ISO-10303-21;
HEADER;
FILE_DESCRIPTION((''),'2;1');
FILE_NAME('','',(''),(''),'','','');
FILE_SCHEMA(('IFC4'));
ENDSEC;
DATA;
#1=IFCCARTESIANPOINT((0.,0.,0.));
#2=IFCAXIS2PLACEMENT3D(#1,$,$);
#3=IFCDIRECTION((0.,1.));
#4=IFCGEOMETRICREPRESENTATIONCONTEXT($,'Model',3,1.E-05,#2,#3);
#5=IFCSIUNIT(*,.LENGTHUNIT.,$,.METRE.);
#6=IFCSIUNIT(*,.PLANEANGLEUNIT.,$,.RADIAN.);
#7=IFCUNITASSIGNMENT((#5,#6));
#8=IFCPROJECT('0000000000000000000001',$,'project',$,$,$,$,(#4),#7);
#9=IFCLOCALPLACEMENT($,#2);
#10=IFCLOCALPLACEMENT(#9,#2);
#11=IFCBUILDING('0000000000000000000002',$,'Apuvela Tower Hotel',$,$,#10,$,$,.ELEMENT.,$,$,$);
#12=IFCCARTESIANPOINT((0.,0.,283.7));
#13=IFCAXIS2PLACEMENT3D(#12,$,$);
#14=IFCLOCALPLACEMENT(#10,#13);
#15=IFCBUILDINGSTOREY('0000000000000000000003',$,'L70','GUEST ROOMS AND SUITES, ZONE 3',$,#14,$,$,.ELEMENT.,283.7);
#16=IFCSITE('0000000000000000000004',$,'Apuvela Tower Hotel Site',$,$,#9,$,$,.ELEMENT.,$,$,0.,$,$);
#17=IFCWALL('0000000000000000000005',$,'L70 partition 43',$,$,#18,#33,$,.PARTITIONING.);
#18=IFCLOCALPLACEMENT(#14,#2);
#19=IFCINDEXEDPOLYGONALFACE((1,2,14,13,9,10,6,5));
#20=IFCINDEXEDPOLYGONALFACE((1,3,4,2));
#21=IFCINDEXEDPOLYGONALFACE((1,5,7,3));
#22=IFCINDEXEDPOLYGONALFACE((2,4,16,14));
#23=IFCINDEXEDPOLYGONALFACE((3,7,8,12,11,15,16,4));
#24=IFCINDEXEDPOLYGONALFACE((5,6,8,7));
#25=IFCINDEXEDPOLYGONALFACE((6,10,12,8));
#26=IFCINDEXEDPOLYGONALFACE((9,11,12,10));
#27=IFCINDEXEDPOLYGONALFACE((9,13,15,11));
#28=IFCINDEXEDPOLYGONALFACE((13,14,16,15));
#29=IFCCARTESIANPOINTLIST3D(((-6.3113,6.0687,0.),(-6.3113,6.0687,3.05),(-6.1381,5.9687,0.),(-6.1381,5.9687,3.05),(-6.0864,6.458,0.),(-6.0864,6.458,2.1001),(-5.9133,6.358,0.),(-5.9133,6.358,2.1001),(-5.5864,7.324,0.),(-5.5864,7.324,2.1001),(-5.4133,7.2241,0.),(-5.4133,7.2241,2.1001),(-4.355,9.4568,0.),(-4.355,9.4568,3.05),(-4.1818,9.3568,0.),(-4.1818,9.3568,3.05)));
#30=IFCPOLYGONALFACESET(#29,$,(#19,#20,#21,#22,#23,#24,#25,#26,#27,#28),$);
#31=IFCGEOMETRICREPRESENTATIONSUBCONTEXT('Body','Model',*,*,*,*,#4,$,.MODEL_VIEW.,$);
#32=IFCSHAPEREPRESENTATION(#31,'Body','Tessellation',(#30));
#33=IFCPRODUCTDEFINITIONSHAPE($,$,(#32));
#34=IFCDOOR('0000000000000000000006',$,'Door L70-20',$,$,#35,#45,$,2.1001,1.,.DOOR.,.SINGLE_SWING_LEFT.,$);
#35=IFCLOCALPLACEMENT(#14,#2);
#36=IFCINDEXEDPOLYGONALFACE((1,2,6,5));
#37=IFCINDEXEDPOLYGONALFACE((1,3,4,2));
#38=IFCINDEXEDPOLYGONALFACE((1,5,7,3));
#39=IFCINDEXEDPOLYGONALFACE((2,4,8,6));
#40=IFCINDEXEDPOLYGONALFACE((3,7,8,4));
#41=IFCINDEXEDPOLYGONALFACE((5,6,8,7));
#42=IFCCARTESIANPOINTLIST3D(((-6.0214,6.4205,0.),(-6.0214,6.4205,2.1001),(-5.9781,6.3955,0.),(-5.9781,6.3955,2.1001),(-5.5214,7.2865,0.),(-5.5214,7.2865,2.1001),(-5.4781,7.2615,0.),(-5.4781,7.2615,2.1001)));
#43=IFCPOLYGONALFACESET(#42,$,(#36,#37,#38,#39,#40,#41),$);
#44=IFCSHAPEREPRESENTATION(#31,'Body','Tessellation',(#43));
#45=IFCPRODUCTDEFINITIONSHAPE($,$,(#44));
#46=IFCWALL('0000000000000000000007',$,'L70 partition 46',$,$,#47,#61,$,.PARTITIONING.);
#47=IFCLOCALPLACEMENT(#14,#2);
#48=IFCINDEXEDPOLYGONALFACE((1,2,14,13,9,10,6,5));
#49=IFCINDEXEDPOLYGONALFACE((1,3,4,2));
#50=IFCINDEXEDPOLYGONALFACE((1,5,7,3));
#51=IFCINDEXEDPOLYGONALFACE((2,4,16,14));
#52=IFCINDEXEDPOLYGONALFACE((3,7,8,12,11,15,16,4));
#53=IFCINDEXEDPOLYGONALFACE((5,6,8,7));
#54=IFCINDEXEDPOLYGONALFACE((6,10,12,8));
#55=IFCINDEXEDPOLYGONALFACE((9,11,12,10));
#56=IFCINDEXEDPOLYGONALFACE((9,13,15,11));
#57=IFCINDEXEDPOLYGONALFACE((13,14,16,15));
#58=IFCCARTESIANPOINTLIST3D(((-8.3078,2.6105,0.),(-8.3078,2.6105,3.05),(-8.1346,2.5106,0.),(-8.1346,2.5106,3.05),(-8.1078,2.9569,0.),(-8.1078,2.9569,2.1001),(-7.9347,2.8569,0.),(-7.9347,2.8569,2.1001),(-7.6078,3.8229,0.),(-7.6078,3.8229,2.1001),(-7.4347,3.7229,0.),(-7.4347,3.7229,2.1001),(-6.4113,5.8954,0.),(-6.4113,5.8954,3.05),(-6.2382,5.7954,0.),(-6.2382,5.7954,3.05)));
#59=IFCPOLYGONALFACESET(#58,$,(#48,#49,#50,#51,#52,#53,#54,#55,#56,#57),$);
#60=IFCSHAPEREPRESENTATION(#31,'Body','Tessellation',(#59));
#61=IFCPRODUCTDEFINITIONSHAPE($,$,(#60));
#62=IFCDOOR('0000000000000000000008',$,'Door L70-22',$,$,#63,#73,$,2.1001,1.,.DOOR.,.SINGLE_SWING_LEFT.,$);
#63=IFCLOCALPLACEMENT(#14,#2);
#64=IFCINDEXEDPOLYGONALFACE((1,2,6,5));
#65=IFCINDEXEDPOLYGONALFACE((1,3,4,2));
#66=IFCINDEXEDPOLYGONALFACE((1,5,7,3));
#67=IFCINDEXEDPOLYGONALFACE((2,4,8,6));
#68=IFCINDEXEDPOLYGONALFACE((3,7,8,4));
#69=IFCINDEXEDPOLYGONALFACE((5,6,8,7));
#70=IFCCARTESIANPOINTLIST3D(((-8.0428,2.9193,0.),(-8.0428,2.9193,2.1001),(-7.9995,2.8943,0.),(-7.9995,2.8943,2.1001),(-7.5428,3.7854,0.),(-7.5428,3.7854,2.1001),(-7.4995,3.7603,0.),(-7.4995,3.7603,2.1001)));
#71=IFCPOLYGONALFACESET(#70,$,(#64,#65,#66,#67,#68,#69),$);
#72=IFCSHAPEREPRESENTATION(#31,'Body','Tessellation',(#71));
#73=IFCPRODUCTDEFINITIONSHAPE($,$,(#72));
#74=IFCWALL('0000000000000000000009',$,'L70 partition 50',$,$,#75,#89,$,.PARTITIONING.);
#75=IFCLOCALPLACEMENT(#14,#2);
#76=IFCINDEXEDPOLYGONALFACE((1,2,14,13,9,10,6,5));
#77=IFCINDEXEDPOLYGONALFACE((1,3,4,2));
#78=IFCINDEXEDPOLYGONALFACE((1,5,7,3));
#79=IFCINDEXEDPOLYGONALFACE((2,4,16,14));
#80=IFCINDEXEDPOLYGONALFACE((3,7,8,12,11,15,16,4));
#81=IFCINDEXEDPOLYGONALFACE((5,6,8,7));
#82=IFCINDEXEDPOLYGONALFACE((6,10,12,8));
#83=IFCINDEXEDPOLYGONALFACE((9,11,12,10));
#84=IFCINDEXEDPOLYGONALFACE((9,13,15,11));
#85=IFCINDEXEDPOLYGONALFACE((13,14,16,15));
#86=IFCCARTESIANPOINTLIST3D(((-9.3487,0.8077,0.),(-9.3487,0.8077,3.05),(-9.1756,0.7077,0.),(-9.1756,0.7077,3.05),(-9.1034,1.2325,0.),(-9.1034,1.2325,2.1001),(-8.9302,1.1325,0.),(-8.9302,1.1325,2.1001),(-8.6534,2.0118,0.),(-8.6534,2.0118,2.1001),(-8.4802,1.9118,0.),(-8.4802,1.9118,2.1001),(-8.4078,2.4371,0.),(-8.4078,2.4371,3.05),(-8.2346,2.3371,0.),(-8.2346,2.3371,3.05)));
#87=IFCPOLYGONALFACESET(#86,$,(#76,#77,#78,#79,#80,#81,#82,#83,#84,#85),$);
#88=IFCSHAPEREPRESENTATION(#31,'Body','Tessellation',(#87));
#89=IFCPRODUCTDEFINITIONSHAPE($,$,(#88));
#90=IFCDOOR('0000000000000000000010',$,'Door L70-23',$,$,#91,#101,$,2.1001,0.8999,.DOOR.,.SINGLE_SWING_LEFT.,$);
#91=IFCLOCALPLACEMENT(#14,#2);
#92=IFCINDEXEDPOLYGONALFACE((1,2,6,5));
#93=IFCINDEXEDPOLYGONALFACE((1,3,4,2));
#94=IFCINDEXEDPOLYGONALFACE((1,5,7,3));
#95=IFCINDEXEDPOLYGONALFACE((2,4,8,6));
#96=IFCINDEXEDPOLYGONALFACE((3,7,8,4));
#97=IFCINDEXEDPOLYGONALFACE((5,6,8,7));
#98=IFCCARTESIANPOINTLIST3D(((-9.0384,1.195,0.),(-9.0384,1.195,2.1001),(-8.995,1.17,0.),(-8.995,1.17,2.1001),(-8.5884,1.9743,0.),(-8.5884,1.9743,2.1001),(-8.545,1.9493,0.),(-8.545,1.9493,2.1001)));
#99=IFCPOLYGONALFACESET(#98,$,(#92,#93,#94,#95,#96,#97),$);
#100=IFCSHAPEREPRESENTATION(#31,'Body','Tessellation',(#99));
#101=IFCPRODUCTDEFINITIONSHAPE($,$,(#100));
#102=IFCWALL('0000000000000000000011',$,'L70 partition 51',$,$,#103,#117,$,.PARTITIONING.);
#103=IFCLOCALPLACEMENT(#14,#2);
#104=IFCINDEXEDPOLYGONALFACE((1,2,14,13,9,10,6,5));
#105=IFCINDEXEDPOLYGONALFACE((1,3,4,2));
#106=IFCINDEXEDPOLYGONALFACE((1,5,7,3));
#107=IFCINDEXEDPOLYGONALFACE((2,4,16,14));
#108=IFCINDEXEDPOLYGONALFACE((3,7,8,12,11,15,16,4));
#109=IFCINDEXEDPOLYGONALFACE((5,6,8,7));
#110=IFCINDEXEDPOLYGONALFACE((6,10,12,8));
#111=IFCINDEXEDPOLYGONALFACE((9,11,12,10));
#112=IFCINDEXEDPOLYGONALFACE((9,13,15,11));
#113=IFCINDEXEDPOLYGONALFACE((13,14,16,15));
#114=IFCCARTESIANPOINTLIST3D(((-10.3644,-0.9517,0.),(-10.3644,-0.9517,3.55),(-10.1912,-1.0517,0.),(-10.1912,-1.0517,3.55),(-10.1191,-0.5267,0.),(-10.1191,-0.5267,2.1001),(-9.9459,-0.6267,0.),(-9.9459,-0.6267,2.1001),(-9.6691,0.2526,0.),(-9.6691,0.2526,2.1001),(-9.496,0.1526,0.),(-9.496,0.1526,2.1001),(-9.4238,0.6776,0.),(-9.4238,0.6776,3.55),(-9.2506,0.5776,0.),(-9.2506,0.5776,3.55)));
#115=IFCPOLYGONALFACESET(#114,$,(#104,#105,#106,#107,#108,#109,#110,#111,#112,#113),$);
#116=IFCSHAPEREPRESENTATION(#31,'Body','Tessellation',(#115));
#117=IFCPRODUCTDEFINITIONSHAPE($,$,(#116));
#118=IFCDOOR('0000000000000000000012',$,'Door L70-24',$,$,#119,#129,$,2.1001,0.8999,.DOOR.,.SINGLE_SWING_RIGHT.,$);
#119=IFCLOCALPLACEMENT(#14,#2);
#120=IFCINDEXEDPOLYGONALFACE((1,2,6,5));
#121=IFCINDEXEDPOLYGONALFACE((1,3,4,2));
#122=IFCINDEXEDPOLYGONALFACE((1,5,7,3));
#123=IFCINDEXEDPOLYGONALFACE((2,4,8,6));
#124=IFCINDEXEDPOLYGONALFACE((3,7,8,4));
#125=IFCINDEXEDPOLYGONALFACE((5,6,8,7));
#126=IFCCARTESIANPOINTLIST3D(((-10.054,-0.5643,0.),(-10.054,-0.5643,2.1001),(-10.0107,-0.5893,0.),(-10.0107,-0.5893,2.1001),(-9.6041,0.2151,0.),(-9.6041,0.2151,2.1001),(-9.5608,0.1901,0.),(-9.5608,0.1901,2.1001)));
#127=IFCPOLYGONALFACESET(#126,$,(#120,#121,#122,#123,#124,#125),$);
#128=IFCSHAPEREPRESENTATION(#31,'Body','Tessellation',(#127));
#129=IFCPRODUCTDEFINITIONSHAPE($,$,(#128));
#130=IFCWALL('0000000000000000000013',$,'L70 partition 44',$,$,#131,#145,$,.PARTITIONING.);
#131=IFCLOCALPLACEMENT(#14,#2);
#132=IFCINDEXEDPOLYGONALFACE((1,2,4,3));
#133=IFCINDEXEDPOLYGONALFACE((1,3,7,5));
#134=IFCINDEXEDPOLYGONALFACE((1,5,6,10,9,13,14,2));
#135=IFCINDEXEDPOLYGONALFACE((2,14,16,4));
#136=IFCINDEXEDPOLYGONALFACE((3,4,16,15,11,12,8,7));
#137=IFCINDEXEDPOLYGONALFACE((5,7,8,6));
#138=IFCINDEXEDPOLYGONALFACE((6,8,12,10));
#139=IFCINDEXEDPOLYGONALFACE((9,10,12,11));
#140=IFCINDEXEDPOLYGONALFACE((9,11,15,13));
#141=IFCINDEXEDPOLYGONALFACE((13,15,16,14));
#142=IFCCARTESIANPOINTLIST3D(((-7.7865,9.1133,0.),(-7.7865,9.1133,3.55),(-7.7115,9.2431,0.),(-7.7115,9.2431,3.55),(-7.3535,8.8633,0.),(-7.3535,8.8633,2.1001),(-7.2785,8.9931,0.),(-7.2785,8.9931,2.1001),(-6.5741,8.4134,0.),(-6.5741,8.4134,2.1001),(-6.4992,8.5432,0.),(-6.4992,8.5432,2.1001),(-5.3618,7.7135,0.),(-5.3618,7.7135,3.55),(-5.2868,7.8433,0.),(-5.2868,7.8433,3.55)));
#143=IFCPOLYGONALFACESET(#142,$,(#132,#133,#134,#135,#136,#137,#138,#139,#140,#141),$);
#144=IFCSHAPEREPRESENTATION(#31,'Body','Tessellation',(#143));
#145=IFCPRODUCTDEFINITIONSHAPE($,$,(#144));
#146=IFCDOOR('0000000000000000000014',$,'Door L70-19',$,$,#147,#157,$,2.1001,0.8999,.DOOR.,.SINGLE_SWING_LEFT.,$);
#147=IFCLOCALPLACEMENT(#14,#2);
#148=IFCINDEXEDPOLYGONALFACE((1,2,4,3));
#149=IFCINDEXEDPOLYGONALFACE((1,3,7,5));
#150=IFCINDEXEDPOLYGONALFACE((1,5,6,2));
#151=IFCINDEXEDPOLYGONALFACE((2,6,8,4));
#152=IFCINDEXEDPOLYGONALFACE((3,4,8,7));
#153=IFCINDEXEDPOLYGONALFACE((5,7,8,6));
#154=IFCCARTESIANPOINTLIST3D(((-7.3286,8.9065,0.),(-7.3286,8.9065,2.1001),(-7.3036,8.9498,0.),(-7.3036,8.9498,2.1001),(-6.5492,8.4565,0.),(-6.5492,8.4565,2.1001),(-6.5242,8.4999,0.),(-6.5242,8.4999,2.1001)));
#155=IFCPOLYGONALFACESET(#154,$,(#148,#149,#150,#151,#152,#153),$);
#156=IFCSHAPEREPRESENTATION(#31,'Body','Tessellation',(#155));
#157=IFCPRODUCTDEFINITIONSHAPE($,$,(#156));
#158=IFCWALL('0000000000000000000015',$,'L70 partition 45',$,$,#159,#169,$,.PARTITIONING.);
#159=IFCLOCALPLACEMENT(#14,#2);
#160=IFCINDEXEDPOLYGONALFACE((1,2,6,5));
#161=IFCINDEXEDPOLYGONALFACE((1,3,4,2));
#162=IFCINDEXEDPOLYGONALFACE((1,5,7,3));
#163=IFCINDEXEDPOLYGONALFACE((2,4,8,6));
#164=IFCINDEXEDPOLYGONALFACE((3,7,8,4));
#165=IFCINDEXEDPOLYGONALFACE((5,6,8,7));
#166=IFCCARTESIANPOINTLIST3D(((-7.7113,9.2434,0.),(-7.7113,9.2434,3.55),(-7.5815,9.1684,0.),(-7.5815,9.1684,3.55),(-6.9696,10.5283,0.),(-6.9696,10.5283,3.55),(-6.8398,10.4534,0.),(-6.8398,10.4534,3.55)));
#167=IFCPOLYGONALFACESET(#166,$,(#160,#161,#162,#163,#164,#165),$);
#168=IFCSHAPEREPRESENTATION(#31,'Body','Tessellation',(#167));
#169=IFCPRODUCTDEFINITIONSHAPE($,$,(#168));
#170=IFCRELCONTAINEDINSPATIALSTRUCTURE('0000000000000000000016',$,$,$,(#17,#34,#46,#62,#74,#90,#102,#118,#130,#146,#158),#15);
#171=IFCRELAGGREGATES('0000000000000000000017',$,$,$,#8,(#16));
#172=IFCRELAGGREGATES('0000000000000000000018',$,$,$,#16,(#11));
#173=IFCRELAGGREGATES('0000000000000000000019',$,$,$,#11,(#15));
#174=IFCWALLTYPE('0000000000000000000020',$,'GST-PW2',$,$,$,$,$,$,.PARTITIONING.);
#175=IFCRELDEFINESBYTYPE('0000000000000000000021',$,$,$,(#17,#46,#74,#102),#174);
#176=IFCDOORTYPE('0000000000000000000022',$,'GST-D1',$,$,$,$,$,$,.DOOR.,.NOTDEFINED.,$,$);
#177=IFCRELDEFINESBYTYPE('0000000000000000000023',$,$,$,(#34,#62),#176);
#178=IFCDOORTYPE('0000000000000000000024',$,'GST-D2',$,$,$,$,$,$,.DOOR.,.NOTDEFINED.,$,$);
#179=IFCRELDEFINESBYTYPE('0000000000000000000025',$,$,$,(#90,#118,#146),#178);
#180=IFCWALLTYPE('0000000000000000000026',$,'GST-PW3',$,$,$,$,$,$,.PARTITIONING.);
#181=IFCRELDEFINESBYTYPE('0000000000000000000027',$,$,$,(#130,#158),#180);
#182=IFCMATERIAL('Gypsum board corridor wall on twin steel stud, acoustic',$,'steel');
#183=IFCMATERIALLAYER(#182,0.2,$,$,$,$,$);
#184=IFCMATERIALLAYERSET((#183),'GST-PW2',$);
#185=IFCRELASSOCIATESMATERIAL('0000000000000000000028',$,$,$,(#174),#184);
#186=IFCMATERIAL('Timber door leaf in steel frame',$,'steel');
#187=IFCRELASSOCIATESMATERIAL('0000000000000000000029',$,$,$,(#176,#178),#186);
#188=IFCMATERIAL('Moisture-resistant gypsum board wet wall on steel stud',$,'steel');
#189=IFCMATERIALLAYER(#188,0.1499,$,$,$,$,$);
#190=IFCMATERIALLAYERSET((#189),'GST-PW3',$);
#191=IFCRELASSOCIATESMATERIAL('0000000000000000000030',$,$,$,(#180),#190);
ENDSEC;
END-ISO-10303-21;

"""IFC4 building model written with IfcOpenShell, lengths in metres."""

from ifc_helpers import new_model, si_unit, direction, frame, frame_2d, origin, place, context, subcontext, project, spatial, rectangle, extrude, material, layer, layer_set, type_object, element, fill, save


model = new_model("IFC4")

# Units and contexts
model_context = context("Model", 3, precision=1e-05, world=origin(), true_north=direction((0.0, 1.0)))
body_context = subcontext(model_context, "Body", "Model", "MODEL_VIEW")
ifc_project = project(units=[si_unit("LENGTHUNIT", "METRE"), si_unit("PLANEANGLEUNIT", "RADIAN")], contexts=[model_context])

# Site, building, storey
site_placement = place(None, origin())
site = spatial("IfcSite", under=ifc_project, at=site_placement, Name="Apuvela Tower Hotel Site", CompositionType="ELEMENT", RefElevation=0.0)
building_placement = place(site_placement, origin())
building = spatial("IfcBuilding", under=site, at=building_placement, Name="Apuvela Tower Hotel", CompositionType="ELEMENT")
storey_placement = place(building_placement, frame((0.0, 0.0, 283.7)))
storey = spatial("IfcBuildingStorey", under=building, at=storey_placement, Name="L70", Description="GUEST ROOMS AND SUITES, ZONE 3", CompositionType="ELEMENT", Elevation=283.7)

# Walls, openings, doors
ifc_material_1 = material(Name="Gypsum board corridor wall on twin steel stud, acoustic", Category="steel")
ifc_layer_1 = layer(ifc_material_1, 0.2)
ifc_layer_set_1 = layer_set([ifc_layer_1], Name="GST-PW2")
wall_type_1 = type_object("IfcWallType", Name="GST-PW2", PredefinedType="PARTITIONING", material=ifc_layer_set_1)
ifc_material_2 = material(Name="Timber door leaf in steel frame", Category="steel")
door_type_1 = type_object("IfcDoorType", Name="GST-D1", OperationType="NOTDEFINED", PredefinedType="DOOR", material=ifc_material_2)
wall_1_placement = place(storey_placement, frame((-6.2246, 6.0188, 0.0), z_axis=(0.0, 0.0, 1.0), x_axis=(0.500025, 0.866011, 0.0)))
wall_1 = element("IfcWall", 1, at=wall_1_placement, inside=storey, type_object=wall_type_1, Name="L70 partition 43", PredefinedType="PARTITIONING", context=body_context, shape_type="SweptSolid", body=[
    extrude(rectangle(XDim=3.9124, YDim=0.2, at=frame_2d((1.9561, 0.0))), origin(), (0.0, 0.0, 1.0), 3.05),
])
opening_1_placement = place(wall_1_placement, frame((0.4495, 0.0, 0.0)))
opening_1 = element("IfcOpeningElement", 2, at=opening_1_placement, cuts=wall_1, PredefinedType="OPENING", context=body_context, shape_type="SweptSolid", body=[
    extrude(rectangle(XDim=1.0, YDim=2.1001, at=frame_2d((0.5, 1.05))), frame((0.0, 0.1099, 0.0), z_axis=(0.0, -1.0, 0.0), x_axis=(1.0, 0.0, 0.0)), (0.0, 0.0, 1.0), 0.22),
])
door_1_placement = place(opening_1_placement, origin())
door_1 = element("IfcDoor", 3, at=door_1_placement, inside=storey, type_object=door_type_1, Name="Door L70-20", OperationType="SINGLE_SWING_LEFT", OverallHeight=2.1001, OverallWidth=1.0, PredefinedType="DOOR", context=body_context, shape_type="SweptSolid", body=[
    extrude(rectangle(XDim=1.0, YDim=2.1001, at=frame_2d((0.5, 1.05))), frame((0.0, 0.0249, 0.0), z_axis=(0.0, -1.0, 0.0), x_axis=(1.0, 0.0, 0.0)), (0.0, 0.0, 1.0), 0.05),
])
fill(opening_1, door_1)
wall_2_placement = place(storey_placement, frame((-8.2212, 2.5605, 0.0), z_axis=(0.0, 0.0, 1.0), x_axis=(0.499988, 0.866032, 0.0)))
wall_2 = element("IfcWall", 4, at=wall_2_placement, inside=storey, type_object=wall_type_1, Name="L70 partition 46", PredefinedType="PARTITIONING", context=body_context, shape_type="SweptSolid", body=[
    extrude(rectangle(XDim=3.793, YDim=0.2, at=frame_2d((1.8965, 0.0))), origin(), (0.0, 0.0, 1.0), 3.05),
])
opening_2_placement = place(wall_2_placement, frame((0.3999, 0.0, 0.0)))
opening_2 = element("IfcOpeningElement", 5, at=opening_2_placement, cuts=wall_2, PredefinedType="OPENING", context=body_context, shape_type="SweptSolid", body=[
    extrude(rectangle(XDim=1.0, YDim=2.1001, at=frame_2d((0.5, 1.05))), frame((0.0, 0.1099, 0.0), z_axis=(0.0, -1.0, 0.0), x_axis=(1.0, 0.0, 0.0)), (0.0, 0.0, 1.0), 0.22),
])
door_2_placement = place(opening_2_placement, origin())
door_2 = element("IfcDoor", 6, at=door_2_placement, inside=storey, type_object=door_type_1, Name="Door L70-22", OperationType="SINGLE_SWING_LEFT", OverallHeight=2.1001, OverallWidth=1.0, PredefinedType="DOOR", context=body_context, shape_type="SweptSolid", body=[
    extrude(rectangle(XDim=1.0, YDim=2.1001, at=frame_2d((0.5, 1.05))), frame((0.0, 0.0249, 0.0), z_axis=(0.0, -1.0, 0.0), x_axis=(1.0, 0.0, 0.0)), (0.0, 0.0, 1.0), 0.05),
])
fill(opening_2, door_2)
wall_3_placement = place(storey_placement, frame((-9.2622, 0.7576, 0.0), z_axis=(0.0, 0.0, 1.0), x_axis=(0.500074, 0.865982, 0.0)))
wall_3 = element("IfcWall", 7, at=wall_3_placement, inside=storey, type_object=wall_type_1, Name="L70 partition 50", PredefinedType="PARTITIONING", context=body_context, shape_type="SweptSolid", body=[
    extrude(rectangle(XDim=1.8816, YDim=0.2, at=frame_2d((0.9409, 0.0))), origin(), (0.0, 0.0, 1.0), 3.05),
])
opening_3_placement = place(wall_3_placement, frame((0.4907, 0.0, 0.0)))
opening_3 = element("IfcOpeningElement", 8, at=opening_3_placement, cuts=wall_3, PredefinedType="OPENING", context=body_context, shape_type="SweptSolid", body=[
    extrude(rectangle(XDim=0.8999, YDim=2.1001, at=frame_2d((0.45, 1.05))), frame((0.0, 0.1099, 0.0), z_axis=(0.0, -1.0, 0.0), x_axis=(1.0, 0.0, 0.0)), (0.0, 0.0, 1.0), 0.22),
])
door_type_2 = type_object("IfcDoorType", Name="GST-D2", OperationType="NOTDEFINED", PredefinedType="DOOR", material=ifc_material_2)
door_3_placement = place(opening_3_placement, origin())
door_3 = element("IfcDoor", 9, at=door_3_placement, inside=storey, type_object=door_type_2, Name="Door L70-23", OperationType="SINGLE_SWING_LEFT", OverallHeight=2.1001, OverallWidth=0.8999, PredefinedType="DOOR", context=body_context, shape_type="SweptSolid", body=[
    extrude(rectangle(XDim=0.8999, YDim=2.1001, at=frame_2d((0.45, 1.05))), frame((0.0, 0.0249, 0.0), z_axis=(0.0, -1.0, 0.0), x_axis=(1.0, 0.0, 0.0)), (0.0, 0.0, 1.0), 0.05),
])
fill(opening_3, door_3)
wall_4_placement = place(storey_placement, frame((-10.2778, -1.0017, 0.0), z_axis=(0.0, 0.0, 1.0), x_axis=(0.499977, 0.866039, 0.0)))
wall_4 = element("IfcWall", 10, at=wall_4_placement, inside=storey, type_object=wall_type_1, Name="L70 partition 51", PredefinedType="PARTITIONING", context=body_context, shape_type="SweptSolid", body=[
    extrude(rectangle(XDim=1.8813, YDim=0.2, at=frame_2d((0.9407, 0.0))), origin(), (0.0, 0.0, 1.0), 3.55),
])
opening_4_placement = place(wall_4_placement, frame((0.4907, 0.0, 0.0)))
opening_4 = element("IfcOpeningElement", 11, at=opening_4_placement, cuts=wall_4, PredefinedType="OPENING", context=body_context, shape_type="SweptSolid", body=[
    extrude(rectangle(XDim=0.8999, YDim=2.1001, at=frame_2d((0.45, 1.05))), frame((0.0, 0.1099, 0.0), z_axis=(0.0, -1.0, 0.0), x_axis=(1.0, 0.0, 0.0)), (0.0, 0.0, 1.0), 0.22),
])
door_4_placement = place(opening_4_placement, origin())
door_4 = element("IfcDoor", 12, at=door_4_placement, inside=storey, type_object=door_type_2, Name="Door L70-24", OperationType="SINGLE_SWING_RIGHT", OverallHeight=2.1001, OverallWidth=0.8999, PredefinedType="DOOR", context=body_context, shape_type="SweptSolid", body=[
    extrude(rectangle(XDim=0.8999, YDim=2.1001, at=frame_2d((0.45, 1.05))), frame((0.0, 0.0249, 0.0), z_axis=(0.0, -1.0, 0.0), x_axis=(1.0, 0.0, 0.0)), (0.0, 0.0, 1.0), 0.05),
])
fill(opening_4, door_4)
ifc_material_3 = material(Name="Moisture-resistant gypsum board wet wall on steel stud", Category="steel")
ifc_layer_2 = layer(ifc_material_3, 0.1499)
ifc_layer_set_2 = layer_set([ifc_layer_2], Name="GST-PW3")
wall_type_2 = type_object("IfcWallType", Name="GST-PW3", PredefinedType="PARTITIONING", material=ifc_layer_set_2)
wall_5_placement = place(storey_placement, frame((-7.749, 9.1782, 0.0), z_axis=(0.0, 0.0, 1.0), x_axis=(0.866035, -0.499984, 0.0)))
wall_5 = element("IfcWall", 13, at=wall_5_placement, inside=storey, type_object=wall_type_2, Name="L70 partition 44", PredefinedType="PARTITIONING", context=body_context, shape_type="SweptSolid", body=[
    extrude(rectangle(XDim=2.7998, YDim=0.1499, at=frame_2d((1.3999, 0.0))), origin(), (0.0, 0.0, 1.0), 3.55),
])
opening_5_placement = place(wall_5_placement, frame((0.5, 0.0, 0.0)))
opening_5 = element("IfcOpeningElement", 14, at=opening_5_placement, cuts=wall_5, PredefinedType="OPENING", context=body_context, shape_type="SweptSolid", body=[
    extrude(rectangle(XDim=0.8999, YDim=2.1001, at=frame_2d((0.45, 1.05))), frame((0.0, 0.085, 0.0), z_axis=(0.0, -1.0, 0.0), x_axis=(1.0, 0.0, 0.0)), (0.0, 0.0, 1.0), 0.1699),
])
door_5_placement = place(opening_5_placement, origin())
door_5 = element("IfcDoor", 15, at=door_5_placement, inside=storey, type_object=door_type_2, Name="Door L70-19", OperationType="SINGLE_SWING_LEFT", OverallHeight=2.1001, OverallWidth=0.8999, PredefinedType="DOOR", context=body_context, shape_type="SweptSolid", body=[
    extrude(rectangle(XDim=0.8999, YDim=2.1001, at=frame_2d((0.45, 1.05))), frame((0.0, 0.0249, 0.0), z_axis=(0.0, -1.0, 0.0), x_axis=(1.0, 0.0, 0.0)), (0.0, 0.0, 1.0), 0.05),
])
fill(opening_5, door_5)

# Wall
wall_6_placement = place(storey_placement, frame((-6.9048, 10.4907, 0.0), z_axis=(0.0, 0.0, 1.0), x_axis=(-0.499927, -0.866068, 0.0)))
element("IfcWall", 16, at=wall_6_placement, inside=storey, type_object=wall_type_2, Name="L70 partition 45", PredefinedType="PARTITIONING", context=body_context, shape_type="SweptSolid", body=[
    extrude(rectangle(XDim=1.4836, YDim=0.1499, at=frame_2d((0.7417, 0.0))), origin(), (0.0, 0.0, 1.0), 3.55),
])

save(model, "model.ifc")
